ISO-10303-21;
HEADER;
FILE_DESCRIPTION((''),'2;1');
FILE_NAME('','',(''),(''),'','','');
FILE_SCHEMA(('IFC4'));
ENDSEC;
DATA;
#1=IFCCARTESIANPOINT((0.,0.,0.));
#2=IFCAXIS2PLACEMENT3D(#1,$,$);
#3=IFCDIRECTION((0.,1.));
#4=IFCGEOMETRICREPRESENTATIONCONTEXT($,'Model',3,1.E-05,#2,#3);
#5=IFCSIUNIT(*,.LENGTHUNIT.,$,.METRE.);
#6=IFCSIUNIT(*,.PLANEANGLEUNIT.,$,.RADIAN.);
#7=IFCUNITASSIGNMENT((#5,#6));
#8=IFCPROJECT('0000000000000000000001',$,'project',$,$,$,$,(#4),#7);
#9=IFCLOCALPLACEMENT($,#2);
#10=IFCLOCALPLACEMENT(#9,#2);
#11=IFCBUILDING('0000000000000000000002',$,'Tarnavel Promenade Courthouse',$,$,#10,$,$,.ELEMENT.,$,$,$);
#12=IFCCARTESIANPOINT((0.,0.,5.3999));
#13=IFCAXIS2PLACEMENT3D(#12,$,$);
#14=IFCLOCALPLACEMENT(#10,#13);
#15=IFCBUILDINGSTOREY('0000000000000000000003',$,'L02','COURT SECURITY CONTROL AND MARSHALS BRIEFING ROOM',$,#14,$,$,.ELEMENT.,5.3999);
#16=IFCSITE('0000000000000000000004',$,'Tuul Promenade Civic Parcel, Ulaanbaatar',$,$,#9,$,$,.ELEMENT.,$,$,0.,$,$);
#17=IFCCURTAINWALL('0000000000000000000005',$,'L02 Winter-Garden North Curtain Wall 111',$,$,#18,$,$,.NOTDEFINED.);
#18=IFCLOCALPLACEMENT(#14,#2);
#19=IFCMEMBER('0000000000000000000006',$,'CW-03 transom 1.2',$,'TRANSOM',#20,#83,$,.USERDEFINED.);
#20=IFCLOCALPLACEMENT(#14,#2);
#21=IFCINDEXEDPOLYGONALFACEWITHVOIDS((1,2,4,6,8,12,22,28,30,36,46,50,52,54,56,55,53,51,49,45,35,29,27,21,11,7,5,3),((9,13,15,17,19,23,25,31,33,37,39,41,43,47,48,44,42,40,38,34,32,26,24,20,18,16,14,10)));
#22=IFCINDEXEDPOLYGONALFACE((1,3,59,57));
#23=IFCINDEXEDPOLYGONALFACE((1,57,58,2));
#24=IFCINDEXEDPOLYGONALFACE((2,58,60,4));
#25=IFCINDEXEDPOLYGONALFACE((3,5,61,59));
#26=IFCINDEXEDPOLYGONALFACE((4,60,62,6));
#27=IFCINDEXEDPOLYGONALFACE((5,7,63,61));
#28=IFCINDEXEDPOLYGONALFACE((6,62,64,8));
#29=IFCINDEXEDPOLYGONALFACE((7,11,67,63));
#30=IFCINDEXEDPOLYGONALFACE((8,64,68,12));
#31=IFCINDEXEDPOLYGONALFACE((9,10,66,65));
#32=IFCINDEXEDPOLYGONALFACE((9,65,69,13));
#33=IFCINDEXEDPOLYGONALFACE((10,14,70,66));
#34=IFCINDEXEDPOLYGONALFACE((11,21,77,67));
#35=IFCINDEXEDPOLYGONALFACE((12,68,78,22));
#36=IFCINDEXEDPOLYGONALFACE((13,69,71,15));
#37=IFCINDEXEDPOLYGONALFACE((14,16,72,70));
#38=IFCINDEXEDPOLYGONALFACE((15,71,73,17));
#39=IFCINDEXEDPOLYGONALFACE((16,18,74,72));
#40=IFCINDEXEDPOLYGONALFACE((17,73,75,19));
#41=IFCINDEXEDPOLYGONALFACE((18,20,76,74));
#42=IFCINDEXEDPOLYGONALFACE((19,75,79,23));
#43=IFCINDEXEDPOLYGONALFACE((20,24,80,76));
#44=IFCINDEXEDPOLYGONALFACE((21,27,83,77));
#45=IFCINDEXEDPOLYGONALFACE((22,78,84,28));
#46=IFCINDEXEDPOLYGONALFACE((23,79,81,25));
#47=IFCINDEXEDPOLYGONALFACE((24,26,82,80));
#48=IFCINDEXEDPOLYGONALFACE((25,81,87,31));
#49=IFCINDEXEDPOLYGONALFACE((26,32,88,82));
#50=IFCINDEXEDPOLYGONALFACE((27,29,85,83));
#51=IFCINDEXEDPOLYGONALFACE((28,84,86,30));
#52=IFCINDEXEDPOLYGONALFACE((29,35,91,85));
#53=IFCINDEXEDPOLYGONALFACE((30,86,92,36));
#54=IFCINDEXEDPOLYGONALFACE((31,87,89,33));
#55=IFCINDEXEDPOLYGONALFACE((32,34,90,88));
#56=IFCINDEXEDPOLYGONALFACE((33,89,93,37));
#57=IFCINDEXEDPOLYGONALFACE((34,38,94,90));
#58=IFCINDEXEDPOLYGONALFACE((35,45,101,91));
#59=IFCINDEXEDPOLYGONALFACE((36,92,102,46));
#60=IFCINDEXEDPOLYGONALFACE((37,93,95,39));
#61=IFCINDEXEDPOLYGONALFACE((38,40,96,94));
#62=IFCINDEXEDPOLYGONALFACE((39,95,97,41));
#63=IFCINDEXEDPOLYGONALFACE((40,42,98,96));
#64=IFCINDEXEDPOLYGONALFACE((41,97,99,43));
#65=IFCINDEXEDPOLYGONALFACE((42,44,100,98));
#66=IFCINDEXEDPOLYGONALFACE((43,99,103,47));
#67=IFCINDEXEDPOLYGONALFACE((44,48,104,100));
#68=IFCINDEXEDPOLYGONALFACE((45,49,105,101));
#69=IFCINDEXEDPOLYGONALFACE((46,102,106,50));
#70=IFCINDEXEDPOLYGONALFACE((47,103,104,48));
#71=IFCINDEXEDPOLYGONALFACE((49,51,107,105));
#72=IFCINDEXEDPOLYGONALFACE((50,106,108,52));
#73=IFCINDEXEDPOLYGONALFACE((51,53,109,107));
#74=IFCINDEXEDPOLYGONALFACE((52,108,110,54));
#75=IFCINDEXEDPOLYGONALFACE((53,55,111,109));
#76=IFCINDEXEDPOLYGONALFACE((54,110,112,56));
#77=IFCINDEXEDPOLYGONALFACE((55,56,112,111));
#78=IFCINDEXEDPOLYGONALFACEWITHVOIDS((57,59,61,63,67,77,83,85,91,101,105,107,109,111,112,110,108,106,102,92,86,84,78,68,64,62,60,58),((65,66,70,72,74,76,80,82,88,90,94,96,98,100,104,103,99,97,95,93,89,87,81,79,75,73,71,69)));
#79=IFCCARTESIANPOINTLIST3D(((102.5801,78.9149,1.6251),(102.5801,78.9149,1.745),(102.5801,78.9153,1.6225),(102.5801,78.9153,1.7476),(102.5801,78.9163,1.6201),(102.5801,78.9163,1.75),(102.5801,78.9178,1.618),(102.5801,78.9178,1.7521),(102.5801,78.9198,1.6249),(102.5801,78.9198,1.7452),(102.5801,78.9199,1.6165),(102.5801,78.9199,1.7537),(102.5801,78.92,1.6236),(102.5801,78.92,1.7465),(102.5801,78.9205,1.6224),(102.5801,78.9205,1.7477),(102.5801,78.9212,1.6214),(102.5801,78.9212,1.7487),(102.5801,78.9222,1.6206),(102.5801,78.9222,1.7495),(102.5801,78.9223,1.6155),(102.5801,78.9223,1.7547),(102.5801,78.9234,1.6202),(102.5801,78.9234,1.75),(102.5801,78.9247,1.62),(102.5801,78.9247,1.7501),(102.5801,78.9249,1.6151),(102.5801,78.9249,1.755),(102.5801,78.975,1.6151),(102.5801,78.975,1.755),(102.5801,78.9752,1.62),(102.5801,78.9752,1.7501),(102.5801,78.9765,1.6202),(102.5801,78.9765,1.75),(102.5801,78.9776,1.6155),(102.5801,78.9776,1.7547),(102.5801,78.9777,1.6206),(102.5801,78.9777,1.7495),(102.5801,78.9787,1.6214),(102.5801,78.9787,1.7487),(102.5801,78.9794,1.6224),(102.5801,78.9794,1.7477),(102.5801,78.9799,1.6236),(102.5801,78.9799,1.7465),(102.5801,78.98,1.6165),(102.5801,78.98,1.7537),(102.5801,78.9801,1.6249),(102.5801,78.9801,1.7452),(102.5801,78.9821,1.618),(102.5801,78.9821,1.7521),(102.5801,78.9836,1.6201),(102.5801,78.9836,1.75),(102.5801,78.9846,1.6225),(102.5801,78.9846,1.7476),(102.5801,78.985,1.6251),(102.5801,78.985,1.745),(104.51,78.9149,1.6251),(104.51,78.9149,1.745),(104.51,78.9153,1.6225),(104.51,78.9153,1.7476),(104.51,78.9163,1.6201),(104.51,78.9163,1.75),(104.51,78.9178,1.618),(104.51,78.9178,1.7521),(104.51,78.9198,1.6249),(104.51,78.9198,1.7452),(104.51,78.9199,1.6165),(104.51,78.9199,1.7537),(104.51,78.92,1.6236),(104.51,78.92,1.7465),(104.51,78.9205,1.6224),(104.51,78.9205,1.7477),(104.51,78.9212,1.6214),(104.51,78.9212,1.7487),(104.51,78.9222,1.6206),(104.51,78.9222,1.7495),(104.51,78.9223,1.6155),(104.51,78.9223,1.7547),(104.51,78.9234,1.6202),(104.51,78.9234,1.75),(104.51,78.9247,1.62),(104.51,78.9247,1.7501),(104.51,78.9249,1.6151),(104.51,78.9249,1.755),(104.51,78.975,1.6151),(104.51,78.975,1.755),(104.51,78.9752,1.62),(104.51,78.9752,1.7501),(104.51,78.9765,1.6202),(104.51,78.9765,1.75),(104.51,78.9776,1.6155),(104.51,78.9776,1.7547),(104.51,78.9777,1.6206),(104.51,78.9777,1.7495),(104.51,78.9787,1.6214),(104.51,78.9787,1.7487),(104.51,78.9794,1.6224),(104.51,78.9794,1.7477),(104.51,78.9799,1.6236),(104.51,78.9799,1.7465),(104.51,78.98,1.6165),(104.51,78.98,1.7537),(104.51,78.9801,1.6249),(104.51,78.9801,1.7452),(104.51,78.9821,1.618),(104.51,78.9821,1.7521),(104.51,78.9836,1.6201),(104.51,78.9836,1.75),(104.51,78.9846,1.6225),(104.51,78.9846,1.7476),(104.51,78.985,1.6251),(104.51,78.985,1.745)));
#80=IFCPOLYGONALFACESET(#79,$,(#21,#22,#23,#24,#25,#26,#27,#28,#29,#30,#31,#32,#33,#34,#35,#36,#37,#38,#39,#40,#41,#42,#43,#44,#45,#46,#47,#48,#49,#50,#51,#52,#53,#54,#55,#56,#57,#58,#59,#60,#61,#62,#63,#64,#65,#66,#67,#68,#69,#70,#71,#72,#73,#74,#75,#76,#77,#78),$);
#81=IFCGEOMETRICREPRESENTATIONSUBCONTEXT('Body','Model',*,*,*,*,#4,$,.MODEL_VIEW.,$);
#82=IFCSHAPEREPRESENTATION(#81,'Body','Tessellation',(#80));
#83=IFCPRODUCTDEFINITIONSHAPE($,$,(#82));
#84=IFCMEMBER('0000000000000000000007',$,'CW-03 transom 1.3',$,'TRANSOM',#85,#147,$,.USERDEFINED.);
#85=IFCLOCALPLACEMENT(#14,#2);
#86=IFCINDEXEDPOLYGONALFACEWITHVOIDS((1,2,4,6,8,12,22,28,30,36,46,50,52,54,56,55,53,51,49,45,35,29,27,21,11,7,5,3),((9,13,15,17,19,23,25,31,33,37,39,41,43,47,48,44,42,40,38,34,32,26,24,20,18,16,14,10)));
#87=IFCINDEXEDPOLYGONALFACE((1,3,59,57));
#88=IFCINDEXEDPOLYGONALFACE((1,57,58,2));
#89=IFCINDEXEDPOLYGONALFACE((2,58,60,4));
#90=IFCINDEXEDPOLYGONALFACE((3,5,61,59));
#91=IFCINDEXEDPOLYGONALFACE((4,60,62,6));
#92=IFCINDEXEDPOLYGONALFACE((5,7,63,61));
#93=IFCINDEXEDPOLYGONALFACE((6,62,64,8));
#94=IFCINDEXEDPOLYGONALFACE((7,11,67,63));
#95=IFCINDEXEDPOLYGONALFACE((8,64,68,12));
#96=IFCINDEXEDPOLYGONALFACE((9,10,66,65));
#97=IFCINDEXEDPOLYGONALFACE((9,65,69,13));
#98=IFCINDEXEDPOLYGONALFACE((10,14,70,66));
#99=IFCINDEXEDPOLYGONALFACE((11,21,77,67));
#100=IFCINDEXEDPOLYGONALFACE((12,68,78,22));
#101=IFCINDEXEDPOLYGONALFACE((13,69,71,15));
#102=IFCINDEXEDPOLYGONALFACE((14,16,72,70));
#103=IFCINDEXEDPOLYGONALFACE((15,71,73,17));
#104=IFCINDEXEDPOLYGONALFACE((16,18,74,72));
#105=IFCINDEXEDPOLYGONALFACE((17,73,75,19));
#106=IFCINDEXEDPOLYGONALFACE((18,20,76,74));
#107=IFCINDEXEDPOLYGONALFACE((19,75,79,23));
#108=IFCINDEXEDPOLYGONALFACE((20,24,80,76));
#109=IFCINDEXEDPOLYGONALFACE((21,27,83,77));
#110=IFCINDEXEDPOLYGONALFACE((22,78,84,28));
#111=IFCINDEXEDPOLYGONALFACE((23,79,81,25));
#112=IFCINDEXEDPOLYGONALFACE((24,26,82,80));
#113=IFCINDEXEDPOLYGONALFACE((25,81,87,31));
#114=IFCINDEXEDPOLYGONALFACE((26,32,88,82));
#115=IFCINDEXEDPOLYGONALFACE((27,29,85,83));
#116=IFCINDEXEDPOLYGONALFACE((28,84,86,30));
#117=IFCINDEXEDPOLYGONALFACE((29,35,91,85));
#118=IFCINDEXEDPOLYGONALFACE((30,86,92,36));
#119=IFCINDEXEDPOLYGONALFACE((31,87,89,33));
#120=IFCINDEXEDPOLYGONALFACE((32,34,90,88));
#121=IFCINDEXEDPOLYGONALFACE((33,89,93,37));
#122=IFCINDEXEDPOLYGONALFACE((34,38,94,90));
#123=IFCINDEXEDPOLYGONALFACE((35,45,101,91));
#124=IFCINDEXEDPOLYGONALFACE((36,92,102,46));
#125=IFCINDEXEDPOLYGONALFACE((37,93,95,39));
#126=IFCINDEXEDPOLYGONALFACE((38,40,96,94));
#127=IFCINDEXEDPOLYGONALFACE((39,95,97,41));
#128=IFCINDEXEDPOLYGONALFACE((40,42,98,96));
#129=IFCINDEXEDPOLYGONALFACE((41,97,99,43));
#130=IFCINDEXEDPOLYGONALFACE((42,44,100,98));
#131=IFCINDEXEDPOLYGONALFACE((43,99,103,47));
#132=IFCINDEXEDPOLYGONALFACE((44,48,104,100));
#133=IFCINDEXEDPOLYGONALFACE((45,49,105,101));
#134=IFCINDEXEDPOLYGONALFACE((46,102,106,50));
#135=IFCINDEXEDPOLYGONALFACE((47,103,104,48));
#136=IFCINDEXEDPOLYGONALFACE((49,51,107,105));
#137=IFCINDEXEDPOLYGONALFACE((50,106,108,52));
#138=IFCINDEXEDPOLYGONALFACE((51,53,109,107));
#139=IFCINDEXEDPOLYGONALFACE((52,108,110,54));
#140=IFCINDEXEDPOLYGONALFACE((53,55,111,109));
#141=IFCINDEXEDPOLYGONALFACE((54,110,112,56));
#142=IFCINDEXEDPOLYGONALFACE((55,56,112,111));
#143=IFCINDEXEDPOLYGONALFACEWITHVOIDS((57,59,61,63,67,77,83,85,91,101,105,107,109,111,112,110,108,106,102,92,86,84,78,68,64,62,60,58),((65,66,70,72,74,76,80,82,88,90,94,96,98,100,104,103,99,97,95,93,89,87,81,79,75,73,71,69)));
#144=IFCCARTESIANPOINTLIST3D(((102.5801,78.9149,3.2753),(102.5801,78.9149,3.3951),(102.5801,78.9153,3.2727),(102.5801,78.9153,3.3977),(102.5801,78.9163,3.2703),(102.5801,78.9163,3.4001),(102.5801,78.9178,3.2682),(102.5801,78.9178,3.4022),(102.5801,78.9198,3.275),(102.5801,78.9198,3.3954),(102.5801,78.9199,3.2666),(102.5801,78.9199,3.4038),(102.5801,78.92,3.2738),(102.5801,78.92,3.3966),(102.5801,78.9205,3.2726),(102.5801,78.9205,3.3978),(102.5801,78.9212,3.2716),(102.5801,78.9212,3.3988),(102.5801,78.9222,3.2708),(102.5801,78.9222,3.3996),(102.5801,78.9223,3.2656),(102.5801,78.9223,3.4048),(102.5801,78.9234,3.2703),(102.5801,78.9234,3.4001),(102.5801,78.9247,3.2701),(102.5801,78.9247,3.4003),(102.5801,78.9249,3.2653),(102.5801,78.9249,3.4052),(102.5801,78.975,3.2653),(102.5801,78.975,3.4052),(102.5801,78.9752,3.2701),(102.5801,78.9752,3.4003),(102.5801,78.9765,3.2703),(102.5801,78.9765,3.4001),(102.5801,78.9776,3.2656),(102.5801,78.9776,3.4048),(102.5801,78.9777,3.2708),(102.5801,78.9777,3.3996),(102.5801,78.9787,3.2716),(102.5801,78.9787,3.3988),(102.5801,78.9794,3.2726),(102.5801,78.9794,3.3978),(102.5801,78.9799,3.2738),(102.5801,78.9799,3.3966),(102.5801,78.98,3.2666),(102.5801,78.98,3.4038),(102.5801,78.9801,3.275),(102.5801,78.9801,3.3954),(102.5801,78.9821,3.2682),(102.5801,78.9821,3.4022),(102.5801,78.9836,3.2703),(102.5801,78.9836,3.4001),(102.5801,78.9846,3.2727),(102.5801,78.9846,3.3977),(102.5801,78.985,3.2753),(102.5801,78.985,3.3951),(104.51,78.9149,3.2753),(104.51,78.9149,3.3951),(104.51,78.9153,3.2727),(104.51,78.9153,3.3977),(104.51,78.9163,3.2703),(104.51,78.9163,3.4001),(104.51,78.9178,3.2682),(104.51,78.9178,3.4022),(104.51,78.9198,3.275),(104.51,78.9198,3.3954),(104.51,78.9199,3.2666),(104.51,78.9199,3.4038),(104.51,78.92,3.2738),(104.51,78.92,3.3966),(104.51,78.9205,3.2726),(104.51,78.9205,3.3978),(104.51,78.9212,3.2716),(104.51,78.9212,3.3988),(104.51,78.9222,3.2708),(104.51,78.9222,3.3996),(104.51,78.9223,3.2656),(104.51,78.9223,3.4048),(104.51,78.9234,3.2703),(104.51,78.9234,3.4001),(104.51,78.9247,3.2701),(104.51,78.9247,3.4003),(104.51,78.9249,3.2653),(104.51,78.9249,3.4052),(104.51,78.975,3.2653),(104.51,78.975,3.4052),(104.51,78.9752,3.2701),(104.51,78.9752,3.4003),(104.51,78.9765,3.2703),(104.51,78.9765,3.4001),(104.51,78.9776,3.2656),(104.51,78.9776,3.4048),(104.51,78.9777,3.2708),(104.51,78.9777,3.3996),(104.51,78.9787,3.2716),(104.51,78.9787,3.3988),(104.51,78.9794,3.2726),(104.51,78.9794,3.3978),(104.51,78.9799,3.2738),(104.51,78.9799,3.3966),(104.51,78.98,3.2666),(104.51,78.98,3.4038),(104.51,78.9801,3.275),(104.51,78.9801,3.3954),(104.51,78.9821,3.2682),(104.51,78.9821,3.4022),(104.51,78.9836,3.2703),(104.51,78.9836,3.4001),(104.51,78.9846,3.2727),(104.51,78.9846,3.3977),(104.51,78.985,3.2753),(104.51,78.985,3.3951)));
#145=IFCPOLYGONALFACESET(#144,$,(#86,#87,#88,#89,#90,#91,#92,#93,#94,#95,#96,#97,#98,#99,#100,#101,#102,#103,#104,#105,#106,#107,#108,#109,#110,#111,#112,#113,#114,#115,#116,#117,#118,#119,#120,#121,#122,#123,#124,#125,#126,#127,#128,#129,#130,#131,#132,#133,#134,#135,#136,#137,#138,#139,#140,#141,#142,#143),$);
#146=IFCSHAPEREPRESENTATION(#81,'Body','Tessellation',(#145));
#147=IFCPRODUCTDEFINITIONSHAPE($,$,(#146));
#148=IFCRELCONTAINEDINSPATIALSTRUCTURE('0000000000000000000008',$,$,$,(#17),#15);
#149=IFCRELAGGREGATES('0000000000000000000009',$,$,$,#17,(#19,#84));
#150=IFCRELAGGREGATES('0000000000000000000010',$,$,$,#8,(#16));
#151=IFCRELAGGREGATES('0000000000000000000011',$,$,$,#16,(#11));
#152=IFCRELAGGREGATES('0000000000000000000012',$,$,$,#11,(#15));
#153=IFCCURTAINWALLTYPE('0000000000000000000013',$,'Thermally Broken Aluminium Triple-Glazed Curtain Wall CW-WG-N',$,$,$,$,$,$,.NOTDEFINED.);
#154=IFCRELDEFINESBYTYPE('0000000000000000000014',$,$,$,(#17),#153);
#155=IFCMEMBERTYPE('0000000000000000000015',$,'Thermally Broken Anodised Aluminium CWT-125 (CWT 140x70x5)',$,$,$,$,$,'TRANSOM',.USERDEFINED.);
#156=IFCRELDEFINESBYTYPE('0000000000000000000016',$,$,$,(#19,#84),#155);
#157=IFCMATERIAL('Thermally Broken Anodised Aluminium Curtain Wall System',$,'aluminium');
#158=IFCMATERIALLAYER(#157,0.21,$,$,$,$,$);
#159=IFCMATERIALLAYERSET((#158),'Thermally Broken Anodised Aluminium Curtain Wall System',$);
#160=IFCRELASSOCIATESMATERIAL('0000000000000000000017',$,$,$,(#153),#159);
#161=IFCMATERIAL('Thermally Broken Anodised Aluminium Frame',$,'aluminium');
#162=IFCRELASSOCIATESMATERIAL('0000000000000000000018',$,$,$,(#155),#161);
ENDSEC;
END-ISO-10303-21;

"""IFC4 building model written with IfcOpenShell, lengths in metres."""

from ifc_helpers import new_model, si_unit, direction, frame, origin, origin_2d, place, context, subcontext, project, spatial, hollow_rectangle, extrude, material, layer, layer_set, material_profile, profile_set, type_object, element, aggregate, save


model = new_model("IFC4")

# Units and contexts
model_context = context("Model", 3, precision=1e-05, world=origin(), true_north=direction((0.0, 1.0)))
body_context = subcontext(model_context, "Body", "Model", "MODEL_VIEW")
ifc_project = project(units=[si_unit("LENGTHUNIT", "METRE"), si_unit("PLANEANGLEUNIT", "RADIAN")], contexts=[model_context])

# Site, building, storey
site_placement = place(None, origin())
site = spatial("IfcSite", under=ifc_project, at=site_placement, Name="Tuul Promenade Civic Parcel, Ulaanbaatar", CompositionType="ELEMENT", RefElevation=0.0)
building_placement = place(site_placement, origin())
building = spatial("IfcBuilding", under=site, at=building_placement, Name="Tarnavel Promenade Courthouse", CompositionType="ELEMENT")
storey_placement = place(building_placement, frame((0.0, 0.0, 5.3999)))
storey = spatial("IfcBuildingStorey", under=building, at=storey_placement, Name="L02", Description="COURT SECURITY CONTROL AND MARSHALS BRIEFING ROOM", CompositionType="ELEMENT", Elevation=5.3999)

# Curtain wall
ifc_material_1 = material(Name="Thermally Broken Anodised Aluminium Curtain Wall System", Category="aluminium")
ifc_layer_1 = layer(ifc_material_1, 0.21)
ifc_layer_set_1 = layer_set([ifc_layer_1], Name="Thermally Broken Anodised Aluminium Curtain Wall System")
curtain_wall_type = type_object("IfcCurtainWallType", Name="Thermally Broken Aluminium Triple-Glazed Curtain Wall CW-WG-N", PredefinedType="NOTDEFINED", material=ifc_layer_set_1)
curtain_wall_1_placement = place(storey_placement, origin())
curtain_wall_1 = element("IfcCurtainWall", 1, at=curtain_wall_1_placement, inside=storey, type_object=curtain_wall_type, Name="L02 Winter-Garden North Curtain Wall 111", PredefinedType="NOTDEFINED")
ifc_material_2 = material(Name="Thermally Broken Anodised Aluminium Frame", Category="aluminium")

# Members
ifc_material_profile_1 = material_profile(ifc_material_2, hollow_rectangle(XDim=0.0701, YDim=0.1399, WallThickness=0.0049, InnerFilletRadius=0.0049, OuterFilletRadius=0.01, at=origin_2d()), Name="CWT 140x70x5")
ifc_profile_set_1 = profile_set([ifc_material_profile_1], Name="Thermally Broken Anodised Aluminium Frame")
member_type_1 = type_object("IfcMemberType", Name="Thermally Broken Anodised Aluminium CWT-125 (CWT 140x70x5)", ElementType="TRANSOM", PredefinedType="USERDEFINED", material=ifc_profile_set_1)
member_1_placement = place(storey_placement, frame((102.5801, 78.95, 1.6851), z_axis=(1.0, 0.0, 0.0), x_axis=(0.0, 1.0, 0.0)))
member_1 = element("IfcMember", 2, at=member_1_placement, type_object=member_type_1, Name="CW-03 transom 1.2", ObjectType="TRANSOM", PredefinedType="USERDEFINED", context=body_context, shape_type="SweptSolid", body=[
    extrude(hollow_rectangle(XDim=0.0701, YDim=0.1399, WallThickness=0.0049, InnerFilletRadius=0.0049, OuterFilletRadius=0.01, at=origin_2d()), origin(), (0.0, 0.0, 1.0), 1.9299),
])
member_2_placement = place(storey_placement, frame((102.5801, 78.95, 3.3352), z_axis=(1.0, 0.0, 0.0), x_axis=(0.0, 1.0, 0.0)))
member_2 = element("IfcMember", 3, at=member_2_placement, type_object=member_type_1, Name="CW-03 transom 1.3", ObjectType="TRANSOM", PredefinedType="USERDEFINED", context=body_context, shape_type="SweptSolid", body=[
    extrude(hollow_rectangle(XDim=0.0701, YDim=0.1399, WallThickness=0.0049, InnerFilletRadius=0.0049, OuterFilletRadius=0.01, at=origin_2d()), origin(), (0.0, 0.0, 1.0), 1.9299),
])

aggregate(curtain_wall_1, [member_1, member_2])

save(model, "model.ifc")
